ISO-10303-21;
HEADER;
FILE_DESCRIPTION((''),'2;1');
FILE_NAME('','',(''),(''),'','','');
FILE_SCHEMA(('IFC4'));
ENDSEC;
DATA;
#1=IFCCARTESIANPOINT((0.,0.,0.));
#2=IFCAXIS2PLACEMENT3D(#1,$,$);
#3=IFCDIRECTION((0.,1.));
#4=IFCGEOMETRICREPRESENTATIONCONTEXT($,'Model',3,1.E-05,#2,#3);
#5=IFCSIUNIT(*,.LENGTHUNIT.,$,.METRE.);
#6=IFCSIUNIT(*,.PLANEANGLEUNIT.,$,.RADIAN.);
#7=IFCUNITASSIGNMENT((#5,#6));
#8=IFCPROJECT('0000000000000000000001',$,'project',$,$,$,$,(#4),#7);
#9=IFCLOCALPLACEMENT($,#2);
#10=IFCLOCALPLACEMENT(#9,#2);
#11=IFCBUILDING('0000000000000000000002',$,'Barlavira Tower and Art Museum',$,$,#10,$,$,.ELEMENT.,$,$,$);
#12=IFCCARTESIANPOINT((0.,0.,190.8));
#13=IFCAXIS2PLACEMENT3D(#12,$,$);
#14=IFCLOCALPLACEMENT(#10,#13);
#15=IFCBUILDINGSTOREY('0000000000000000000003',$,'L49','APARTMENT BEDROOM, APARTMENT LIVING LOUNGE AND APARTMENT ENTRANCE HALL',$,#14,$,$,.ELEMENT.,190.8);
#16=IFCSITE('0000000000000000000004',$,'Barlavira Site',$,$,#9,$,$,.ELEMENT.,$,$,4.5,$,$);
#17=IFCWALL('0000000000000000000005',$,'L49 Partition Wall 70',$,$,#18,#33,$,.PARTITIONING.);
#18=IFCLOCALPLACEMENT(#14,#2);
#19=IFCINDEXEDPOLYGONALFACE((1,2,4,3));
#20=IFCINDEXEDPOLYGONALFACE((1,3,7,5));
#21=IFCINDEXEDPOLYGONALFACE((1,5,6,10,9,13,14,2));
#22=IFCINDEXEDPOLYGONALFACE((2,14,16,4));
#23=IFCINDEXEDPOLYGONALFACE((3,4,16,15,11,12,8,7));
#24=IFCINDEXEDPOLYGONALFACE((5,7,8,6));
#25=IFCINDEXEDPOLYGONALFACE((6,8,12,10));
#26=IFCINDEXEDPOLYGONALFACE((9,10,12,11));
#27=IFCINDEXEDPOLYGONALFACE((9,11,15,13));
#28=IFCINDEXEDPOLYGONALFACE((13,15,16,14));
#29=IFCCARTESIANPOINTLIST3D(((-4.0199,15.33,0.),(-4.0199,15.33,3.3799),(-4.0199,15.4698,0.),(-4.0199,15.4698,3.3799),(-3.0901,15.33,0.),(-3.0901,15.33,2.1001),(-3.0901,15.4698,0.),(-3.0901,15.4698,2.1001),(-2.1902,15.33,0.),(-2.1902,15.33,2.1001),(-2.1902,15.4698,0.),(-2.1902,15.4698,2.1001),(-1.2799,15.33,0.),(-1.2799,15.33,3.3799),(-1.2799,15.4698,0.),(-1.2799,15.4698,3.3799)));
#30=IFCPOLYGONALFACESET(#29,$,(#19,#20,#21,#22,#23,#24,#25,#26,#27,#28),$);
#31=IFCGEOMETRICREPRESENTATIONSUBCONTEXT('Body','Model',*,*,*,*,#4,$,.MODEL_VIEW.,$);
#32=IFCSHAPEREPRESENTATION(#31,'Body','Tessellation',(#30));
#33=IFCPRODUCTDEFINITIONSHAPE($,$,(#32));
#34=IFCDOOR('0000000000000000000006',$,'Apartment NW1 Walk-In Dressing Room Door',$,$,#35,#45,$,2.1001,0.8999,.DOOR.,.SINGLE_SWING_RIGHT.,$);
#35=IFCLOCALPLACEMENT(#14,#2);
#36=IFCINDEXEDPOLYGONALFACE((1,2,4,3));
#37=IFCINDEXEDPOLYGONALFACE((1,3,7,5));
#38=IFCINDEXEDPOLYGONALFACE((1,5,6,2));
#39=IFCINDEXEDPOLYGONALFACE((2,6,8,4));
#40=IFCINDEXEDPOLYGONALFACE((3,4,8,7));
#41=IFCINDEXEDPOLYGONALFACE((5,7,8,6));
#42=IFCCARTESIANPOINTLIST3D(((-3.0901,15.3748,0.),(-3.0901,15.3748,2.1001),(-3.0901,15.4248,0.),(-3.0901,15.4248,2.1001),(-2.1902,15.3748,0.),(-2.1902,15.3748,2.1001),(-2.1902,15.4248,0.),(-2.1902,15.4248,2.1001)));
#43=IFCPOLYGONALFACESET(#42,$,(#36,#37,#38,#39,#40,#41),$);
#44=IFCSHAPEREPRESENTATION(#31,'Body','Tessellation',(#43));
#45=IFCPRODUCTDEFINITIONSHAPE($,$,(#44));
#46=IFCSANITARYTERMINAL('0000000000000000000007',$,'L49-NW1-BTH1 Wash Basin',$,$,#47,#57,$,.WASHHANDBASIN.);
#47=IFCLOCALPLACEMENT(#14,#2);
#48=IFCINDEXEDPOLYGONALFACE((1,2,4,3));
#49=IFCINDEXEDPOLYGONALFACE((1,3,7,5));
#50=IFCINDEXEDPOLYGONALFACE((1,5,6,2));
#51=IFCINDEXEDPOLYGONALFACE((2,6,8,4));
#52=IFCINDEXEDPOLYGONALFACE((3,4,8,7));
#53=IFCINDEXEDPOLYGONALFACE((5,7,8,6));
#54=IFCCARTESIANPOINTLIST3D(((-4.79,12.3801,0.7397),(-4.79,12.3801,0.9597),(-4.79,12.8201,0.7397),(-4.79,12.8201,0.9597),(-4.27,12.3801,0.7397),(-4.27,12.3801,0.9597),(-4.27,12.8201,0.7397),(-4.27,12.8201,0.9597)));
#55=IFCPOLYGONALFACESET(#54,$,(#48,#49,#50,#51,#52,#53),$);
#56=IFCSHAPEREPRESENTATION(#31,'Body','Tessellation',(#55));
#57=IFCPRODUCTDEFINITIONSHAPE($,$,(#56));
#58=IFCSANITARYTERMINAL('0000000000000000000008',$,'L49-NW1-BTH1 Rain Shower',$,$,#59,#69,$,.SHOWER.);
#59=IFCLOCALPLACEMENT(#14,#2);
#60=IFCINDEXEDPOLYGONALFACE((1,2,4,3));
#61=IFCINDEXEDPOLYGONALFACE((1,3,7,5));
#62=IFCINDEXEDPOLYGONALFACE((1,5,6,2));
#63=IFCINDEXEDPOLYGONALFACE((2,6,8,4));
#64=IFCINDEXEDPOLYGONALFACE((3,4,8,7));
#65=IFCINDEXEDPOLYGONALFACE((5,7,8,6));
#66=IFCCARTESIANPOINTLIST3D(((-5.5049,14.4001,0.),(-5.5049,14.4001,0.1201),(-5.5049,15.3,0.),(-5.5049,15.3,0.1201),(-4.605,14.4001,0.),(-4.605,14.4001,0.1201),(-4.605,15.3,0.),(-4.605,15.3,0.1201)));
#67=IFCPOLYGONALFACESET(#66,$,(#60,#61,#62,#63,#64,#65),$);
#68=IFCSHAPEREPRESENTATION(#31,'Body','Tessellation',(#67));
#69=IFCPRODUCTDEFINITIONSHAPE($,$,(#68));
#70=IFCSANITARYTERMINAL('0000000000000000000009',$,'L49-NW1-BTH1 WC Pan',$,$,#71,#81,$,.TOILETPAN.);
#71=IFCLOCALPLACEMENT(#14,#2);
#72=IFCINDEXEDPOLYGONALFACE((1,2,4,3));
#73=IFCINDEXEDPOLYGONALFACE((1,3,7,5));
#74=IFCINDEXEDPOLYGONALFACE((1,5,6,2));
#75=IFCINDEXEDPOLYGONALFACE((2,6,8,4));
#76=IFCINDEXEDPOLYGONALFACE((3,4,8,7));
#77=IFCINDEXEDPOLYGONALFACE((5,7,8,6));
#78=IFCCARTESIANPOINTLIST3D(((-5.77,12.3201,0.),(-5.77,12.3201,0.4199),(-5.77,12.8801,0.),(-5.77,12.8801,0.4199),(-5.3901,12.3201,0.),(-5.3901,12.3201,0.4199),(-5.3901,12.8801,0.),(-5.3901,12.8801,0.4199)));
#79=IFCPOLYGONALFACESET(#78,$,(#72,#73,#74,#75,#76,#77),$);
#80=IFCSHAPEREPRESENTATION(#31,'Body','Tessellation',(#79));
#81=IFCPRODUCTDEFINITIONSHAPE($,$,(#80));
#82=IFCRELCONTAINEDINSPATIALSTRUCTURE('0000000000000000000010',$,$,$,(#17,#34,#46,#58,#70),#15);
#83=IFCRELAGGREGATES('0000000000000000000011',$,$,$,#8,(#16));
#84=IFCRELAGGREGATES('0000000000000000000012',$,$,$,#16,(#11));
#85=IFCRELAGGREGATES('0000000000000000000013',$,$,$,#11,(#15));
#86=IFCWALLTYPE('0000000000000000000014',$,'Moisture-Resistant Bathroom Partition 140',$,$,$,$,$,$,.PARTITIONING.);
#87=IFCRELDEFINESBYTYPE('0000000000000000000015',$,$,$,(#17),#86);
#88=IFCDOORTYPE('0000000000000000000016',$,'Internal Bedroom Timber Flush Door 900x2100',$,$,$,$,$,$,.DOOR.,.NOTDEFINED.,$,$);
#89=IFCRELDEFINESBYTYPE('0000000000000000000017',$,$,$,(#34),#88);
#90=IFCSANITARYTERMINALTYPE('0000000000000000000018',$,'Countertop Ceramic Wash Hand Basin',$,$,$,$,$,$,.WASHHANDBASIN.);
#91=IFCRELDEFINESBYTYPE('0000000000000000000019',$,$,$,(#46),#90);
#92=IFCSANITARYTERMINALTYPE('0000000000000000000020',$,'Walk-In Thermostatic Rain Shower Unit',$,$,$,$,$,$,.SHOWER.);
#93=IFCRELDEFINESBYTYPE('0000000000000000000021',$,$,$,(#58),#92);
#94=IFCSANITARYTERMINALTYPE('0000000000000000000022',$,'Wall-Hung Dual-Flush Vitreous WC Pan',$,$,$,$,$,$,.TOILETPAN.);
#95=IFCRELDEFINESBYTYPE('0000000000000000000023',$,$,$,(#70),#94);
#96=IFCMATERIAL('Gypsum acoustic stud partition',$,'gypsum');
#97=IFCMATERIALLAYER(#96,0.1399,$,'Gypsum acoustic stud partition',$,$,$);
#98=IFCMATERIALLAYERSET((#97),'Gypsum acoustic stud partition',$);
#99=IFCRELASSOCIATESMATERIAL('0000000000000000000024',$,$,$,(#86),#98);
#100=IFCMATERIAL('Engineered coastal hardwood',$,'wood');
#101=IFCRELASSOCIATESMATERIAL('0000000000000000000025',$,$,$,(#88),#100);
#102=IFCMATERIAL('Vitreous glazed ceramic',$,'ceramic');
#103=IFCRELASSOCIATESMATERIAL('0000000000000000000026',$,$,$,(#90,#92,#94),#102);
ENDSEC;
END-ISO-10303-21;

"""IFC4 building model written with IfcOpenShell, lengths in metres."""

from ifc_helpers import new_model, si_unit, direction, frame, frame_2d, origin, origin_2d, place, context, subcontext, project, spatial, rectangle, extrude, material, layer, layer_set, type_object, element, fill, save


model = new_model("IFC4")

# Units and contexts
model_context = context("Model", 3, precision=1e-05, world=origin(), true_north=direction((0.0, 1.0)))
body_context = subcontext(model_context, "Body", "Model", "MODEL_VIEW")
ifc_project = project(units=[si_unit("LENGTHUNIT", "METRE"), si_unit("PLANEANGLEUNIT", "RADIAN")], contexts=[model_context])

# Site, building, storey
site_placement = place(None, origin())
site = spatial("IfcSite", under=ifc_project, at=site_placement, Name="Barlavira Site", CompositionType="ELEMENT", RefElevation=4.5)
building_placement = place(site_placement, origin())
building = spatial("IfcBuilding", under=site, at=building_placement, Name="Barlavira Tower and Art Museum", CompositionType="ELEMENT")
storey_placement = place(building_placement, frame((0.0, 0.0, 190.8)))
storey = spatial("IfcBuildingStorey", under=building, at=storey_placement, Name="L49", Description="APARTMENT BEDROOM, APARTMENT LIVING LOUNGE AND APARTMENT ENTRANCE HALL", CompositionType="ELEMENT", Elevation=190.8)

# Shared definitions
ifc_material_1 = material(Name="Gypsum acoustic stud partition", Category="gypsum")

# Shared definitions
ifc_layer_1 = layer(ifc_material_1, 0.1399, Name="Gypsum acoustic stud partition")
ifc_layer_set_1 = layer_set([ifc_layer_1], Name="Gypsum acoustic stud partition")
wall_type_1 = type_object("IfcWallType", Name="Moisture-Resistant Bathroom Partition 140", PredefinedType="PARTITIONING", material=ifc_layer_set_1)
ifc_material_2 = material(Name="Engineered coastal hardwood", Category="wood")
door_type_1 = type_object("IfcDoorType", Name="Internal Bedroom Timber Flush Door 900x2100", OperationType="NOTDEFINED", PredefinedType="DOOR", material=ifc_material_2)

# Wall, opening, door
wall_1_placement = place(storey_placement, frame((-4.02, 15.3999, 0.0), z_axis=(0.0, 0.0, 1.0), x_axis=(1.0, 0.0, 0.0)))
wall_1 = element("IfcWall", 1, at=wall_1_placement, inside=storey, type_object=wall_type_1, Name="L49 Partition Wall 70", PredefinedType="PARTITIONING", context=body_context, shape_type="SweptSolid", body=[
    extrude(rectangle(XDim=2.74, YDim=0.1399, at=frame_2d((1.3701, 0.0))), origin(), (0.0, 0.0, 1.0), 3.3799),
])
opening_1_placement = place(wall_1_placement, frame((0.9299, 0.0, 0.0)))
opening_1 = element("IfcOpeningElement", 2, at=opening_1_placement, cuts=wall_1, PredefinedType="OPENING", context=body_context, shape_type="SweptSolid", body=[
    extrude(rectangle(XDim=0.8999, YDim=2.1001, at=frame_2d((0.45, 1.05))), frame((0.0, 0.0801, 0.0), z_axis=(0.0, -1.0, 0.0), x_axis=(1.0, 0.0, 0.0)), (0.0, 0.0, 1.0), 0.1599),
])
door_1_placement = place(opening_1_placement, origin())
door_1 = element("IfcDoor", 3, at=door_1_placement, inside=storey, type_object=door_type_1, Name="Apartment NW1 Walk-In Dressing Room Door", OperationType="SINGLE_SWING_RIGHT", OverallHeight=2.1001, OverallWidth=0.8999, PredefinedType="DOOR", context=body_context, shape_type="SweptSolid", body=[
    extrude(rectangle(XDim=0.8999, YDim=2.1001, at=frame_2d((0.45, 1.05))), frame((0.0, 0.0249, 0.0), z_axis=(0.0, -1.0, 0.0), x_axis=(1.0, 0.0, 0.0)), (0.0, 0.0, 1.0), 0.05),
])
fill(opening_1, door_1)

# Sanitary terminals
ifc_material_3 = material(Name="Vitreous glazed ceramic", Category="ceramic")
sanitary_terminal_type_1 = type_object("IfcSanitaryTerminalType", Name="Countertop Ceramic Wash Hand Basin", PredefinedType="WASHHANDBASIN", material=ifc_material_3)
sanitary_terminal_1_placement = place(storey_placement, frame((-4.53, 12.6001, 0.7397), z_axis=(0.0, 0.0, 1.0), x_axis=(1.0, 0.0, 0.0)))
element("IfcSanitaryTerminal", 4, at=sanitary_terminal_1_placement, inside=storey, type_object=sanitary_terminal_type_1, Name="L49-NW1-BTH1 Wash Basin", PredefinedType="WASHHANDBASIN", context=body_context, shape_type="SweptSolid", body=[
    extrude(rectangle(XDim=0.52, YDim=0.4399, at=origin_2d()), origin(), (0.0, 0.0, 1.0), 0.22),
])
sanitary_terminal_type_2 = type_object("IfcSanitaryTerminalType", Name="Walk-In Thermostatic Rain Shower Unit", PredefinedType="SHOWER", material=ifc_material_3)
sanitary_terminal_2_placement = place(storey_placement, frame((-5.0549, 14.8501, 0.0), z_axis=(0.0, 0.0, 1.0), x_axis=(1.0, 0.0, 0.0)))
element("IfcSanitaryTerminal", 5, at=sanitary_terminal_2_placement, inside=storey, type_object=sanitary_terminal_type_2, Name="L49-NW1-BTH1 Rain Shower", PredefinedType="SHOWER", context=body_context, shape_type="SweptSolid", body=[
    extrude(rectangle(XDim=0.8999, YDim=0.8999, at=origin_2d()), origin(), (0.0, 0.0, 1.0), 0.1201),
])
sanitary_terminal_type_3 = type_object("IfcSanitaryTerminalType", Name="Wall-Hung Dual-Flush Vitreous WC Pan", PredefinedType="TOILETPAN", material=ifc_material_3)
sanitary_terminal_3_placement = place(storey_placement, frame((-5.5801, 12.6001, 0.0), z_axis=(0.0, 0.0, 1.0), x_axis=(1.0, 0.0, 0.0)))
element("IfcSanitaryTerminal", 6, at=sanitary_terminal_3_placement, inside=storey, type_object=sanitary_terminal_type_3, Name="L49-NW1-BTH1 WC Pan", PredefinedType="TOILETPAN", context=body_context, shape_type="SweptSolid", body=[
    extrude(rectangle(XDim=0.3799, YDim=0.5601, at=origin_2d()), origin(), (0.0, 0.0, 1.0), 0.4199),
])

save(model, "model.ifc")
